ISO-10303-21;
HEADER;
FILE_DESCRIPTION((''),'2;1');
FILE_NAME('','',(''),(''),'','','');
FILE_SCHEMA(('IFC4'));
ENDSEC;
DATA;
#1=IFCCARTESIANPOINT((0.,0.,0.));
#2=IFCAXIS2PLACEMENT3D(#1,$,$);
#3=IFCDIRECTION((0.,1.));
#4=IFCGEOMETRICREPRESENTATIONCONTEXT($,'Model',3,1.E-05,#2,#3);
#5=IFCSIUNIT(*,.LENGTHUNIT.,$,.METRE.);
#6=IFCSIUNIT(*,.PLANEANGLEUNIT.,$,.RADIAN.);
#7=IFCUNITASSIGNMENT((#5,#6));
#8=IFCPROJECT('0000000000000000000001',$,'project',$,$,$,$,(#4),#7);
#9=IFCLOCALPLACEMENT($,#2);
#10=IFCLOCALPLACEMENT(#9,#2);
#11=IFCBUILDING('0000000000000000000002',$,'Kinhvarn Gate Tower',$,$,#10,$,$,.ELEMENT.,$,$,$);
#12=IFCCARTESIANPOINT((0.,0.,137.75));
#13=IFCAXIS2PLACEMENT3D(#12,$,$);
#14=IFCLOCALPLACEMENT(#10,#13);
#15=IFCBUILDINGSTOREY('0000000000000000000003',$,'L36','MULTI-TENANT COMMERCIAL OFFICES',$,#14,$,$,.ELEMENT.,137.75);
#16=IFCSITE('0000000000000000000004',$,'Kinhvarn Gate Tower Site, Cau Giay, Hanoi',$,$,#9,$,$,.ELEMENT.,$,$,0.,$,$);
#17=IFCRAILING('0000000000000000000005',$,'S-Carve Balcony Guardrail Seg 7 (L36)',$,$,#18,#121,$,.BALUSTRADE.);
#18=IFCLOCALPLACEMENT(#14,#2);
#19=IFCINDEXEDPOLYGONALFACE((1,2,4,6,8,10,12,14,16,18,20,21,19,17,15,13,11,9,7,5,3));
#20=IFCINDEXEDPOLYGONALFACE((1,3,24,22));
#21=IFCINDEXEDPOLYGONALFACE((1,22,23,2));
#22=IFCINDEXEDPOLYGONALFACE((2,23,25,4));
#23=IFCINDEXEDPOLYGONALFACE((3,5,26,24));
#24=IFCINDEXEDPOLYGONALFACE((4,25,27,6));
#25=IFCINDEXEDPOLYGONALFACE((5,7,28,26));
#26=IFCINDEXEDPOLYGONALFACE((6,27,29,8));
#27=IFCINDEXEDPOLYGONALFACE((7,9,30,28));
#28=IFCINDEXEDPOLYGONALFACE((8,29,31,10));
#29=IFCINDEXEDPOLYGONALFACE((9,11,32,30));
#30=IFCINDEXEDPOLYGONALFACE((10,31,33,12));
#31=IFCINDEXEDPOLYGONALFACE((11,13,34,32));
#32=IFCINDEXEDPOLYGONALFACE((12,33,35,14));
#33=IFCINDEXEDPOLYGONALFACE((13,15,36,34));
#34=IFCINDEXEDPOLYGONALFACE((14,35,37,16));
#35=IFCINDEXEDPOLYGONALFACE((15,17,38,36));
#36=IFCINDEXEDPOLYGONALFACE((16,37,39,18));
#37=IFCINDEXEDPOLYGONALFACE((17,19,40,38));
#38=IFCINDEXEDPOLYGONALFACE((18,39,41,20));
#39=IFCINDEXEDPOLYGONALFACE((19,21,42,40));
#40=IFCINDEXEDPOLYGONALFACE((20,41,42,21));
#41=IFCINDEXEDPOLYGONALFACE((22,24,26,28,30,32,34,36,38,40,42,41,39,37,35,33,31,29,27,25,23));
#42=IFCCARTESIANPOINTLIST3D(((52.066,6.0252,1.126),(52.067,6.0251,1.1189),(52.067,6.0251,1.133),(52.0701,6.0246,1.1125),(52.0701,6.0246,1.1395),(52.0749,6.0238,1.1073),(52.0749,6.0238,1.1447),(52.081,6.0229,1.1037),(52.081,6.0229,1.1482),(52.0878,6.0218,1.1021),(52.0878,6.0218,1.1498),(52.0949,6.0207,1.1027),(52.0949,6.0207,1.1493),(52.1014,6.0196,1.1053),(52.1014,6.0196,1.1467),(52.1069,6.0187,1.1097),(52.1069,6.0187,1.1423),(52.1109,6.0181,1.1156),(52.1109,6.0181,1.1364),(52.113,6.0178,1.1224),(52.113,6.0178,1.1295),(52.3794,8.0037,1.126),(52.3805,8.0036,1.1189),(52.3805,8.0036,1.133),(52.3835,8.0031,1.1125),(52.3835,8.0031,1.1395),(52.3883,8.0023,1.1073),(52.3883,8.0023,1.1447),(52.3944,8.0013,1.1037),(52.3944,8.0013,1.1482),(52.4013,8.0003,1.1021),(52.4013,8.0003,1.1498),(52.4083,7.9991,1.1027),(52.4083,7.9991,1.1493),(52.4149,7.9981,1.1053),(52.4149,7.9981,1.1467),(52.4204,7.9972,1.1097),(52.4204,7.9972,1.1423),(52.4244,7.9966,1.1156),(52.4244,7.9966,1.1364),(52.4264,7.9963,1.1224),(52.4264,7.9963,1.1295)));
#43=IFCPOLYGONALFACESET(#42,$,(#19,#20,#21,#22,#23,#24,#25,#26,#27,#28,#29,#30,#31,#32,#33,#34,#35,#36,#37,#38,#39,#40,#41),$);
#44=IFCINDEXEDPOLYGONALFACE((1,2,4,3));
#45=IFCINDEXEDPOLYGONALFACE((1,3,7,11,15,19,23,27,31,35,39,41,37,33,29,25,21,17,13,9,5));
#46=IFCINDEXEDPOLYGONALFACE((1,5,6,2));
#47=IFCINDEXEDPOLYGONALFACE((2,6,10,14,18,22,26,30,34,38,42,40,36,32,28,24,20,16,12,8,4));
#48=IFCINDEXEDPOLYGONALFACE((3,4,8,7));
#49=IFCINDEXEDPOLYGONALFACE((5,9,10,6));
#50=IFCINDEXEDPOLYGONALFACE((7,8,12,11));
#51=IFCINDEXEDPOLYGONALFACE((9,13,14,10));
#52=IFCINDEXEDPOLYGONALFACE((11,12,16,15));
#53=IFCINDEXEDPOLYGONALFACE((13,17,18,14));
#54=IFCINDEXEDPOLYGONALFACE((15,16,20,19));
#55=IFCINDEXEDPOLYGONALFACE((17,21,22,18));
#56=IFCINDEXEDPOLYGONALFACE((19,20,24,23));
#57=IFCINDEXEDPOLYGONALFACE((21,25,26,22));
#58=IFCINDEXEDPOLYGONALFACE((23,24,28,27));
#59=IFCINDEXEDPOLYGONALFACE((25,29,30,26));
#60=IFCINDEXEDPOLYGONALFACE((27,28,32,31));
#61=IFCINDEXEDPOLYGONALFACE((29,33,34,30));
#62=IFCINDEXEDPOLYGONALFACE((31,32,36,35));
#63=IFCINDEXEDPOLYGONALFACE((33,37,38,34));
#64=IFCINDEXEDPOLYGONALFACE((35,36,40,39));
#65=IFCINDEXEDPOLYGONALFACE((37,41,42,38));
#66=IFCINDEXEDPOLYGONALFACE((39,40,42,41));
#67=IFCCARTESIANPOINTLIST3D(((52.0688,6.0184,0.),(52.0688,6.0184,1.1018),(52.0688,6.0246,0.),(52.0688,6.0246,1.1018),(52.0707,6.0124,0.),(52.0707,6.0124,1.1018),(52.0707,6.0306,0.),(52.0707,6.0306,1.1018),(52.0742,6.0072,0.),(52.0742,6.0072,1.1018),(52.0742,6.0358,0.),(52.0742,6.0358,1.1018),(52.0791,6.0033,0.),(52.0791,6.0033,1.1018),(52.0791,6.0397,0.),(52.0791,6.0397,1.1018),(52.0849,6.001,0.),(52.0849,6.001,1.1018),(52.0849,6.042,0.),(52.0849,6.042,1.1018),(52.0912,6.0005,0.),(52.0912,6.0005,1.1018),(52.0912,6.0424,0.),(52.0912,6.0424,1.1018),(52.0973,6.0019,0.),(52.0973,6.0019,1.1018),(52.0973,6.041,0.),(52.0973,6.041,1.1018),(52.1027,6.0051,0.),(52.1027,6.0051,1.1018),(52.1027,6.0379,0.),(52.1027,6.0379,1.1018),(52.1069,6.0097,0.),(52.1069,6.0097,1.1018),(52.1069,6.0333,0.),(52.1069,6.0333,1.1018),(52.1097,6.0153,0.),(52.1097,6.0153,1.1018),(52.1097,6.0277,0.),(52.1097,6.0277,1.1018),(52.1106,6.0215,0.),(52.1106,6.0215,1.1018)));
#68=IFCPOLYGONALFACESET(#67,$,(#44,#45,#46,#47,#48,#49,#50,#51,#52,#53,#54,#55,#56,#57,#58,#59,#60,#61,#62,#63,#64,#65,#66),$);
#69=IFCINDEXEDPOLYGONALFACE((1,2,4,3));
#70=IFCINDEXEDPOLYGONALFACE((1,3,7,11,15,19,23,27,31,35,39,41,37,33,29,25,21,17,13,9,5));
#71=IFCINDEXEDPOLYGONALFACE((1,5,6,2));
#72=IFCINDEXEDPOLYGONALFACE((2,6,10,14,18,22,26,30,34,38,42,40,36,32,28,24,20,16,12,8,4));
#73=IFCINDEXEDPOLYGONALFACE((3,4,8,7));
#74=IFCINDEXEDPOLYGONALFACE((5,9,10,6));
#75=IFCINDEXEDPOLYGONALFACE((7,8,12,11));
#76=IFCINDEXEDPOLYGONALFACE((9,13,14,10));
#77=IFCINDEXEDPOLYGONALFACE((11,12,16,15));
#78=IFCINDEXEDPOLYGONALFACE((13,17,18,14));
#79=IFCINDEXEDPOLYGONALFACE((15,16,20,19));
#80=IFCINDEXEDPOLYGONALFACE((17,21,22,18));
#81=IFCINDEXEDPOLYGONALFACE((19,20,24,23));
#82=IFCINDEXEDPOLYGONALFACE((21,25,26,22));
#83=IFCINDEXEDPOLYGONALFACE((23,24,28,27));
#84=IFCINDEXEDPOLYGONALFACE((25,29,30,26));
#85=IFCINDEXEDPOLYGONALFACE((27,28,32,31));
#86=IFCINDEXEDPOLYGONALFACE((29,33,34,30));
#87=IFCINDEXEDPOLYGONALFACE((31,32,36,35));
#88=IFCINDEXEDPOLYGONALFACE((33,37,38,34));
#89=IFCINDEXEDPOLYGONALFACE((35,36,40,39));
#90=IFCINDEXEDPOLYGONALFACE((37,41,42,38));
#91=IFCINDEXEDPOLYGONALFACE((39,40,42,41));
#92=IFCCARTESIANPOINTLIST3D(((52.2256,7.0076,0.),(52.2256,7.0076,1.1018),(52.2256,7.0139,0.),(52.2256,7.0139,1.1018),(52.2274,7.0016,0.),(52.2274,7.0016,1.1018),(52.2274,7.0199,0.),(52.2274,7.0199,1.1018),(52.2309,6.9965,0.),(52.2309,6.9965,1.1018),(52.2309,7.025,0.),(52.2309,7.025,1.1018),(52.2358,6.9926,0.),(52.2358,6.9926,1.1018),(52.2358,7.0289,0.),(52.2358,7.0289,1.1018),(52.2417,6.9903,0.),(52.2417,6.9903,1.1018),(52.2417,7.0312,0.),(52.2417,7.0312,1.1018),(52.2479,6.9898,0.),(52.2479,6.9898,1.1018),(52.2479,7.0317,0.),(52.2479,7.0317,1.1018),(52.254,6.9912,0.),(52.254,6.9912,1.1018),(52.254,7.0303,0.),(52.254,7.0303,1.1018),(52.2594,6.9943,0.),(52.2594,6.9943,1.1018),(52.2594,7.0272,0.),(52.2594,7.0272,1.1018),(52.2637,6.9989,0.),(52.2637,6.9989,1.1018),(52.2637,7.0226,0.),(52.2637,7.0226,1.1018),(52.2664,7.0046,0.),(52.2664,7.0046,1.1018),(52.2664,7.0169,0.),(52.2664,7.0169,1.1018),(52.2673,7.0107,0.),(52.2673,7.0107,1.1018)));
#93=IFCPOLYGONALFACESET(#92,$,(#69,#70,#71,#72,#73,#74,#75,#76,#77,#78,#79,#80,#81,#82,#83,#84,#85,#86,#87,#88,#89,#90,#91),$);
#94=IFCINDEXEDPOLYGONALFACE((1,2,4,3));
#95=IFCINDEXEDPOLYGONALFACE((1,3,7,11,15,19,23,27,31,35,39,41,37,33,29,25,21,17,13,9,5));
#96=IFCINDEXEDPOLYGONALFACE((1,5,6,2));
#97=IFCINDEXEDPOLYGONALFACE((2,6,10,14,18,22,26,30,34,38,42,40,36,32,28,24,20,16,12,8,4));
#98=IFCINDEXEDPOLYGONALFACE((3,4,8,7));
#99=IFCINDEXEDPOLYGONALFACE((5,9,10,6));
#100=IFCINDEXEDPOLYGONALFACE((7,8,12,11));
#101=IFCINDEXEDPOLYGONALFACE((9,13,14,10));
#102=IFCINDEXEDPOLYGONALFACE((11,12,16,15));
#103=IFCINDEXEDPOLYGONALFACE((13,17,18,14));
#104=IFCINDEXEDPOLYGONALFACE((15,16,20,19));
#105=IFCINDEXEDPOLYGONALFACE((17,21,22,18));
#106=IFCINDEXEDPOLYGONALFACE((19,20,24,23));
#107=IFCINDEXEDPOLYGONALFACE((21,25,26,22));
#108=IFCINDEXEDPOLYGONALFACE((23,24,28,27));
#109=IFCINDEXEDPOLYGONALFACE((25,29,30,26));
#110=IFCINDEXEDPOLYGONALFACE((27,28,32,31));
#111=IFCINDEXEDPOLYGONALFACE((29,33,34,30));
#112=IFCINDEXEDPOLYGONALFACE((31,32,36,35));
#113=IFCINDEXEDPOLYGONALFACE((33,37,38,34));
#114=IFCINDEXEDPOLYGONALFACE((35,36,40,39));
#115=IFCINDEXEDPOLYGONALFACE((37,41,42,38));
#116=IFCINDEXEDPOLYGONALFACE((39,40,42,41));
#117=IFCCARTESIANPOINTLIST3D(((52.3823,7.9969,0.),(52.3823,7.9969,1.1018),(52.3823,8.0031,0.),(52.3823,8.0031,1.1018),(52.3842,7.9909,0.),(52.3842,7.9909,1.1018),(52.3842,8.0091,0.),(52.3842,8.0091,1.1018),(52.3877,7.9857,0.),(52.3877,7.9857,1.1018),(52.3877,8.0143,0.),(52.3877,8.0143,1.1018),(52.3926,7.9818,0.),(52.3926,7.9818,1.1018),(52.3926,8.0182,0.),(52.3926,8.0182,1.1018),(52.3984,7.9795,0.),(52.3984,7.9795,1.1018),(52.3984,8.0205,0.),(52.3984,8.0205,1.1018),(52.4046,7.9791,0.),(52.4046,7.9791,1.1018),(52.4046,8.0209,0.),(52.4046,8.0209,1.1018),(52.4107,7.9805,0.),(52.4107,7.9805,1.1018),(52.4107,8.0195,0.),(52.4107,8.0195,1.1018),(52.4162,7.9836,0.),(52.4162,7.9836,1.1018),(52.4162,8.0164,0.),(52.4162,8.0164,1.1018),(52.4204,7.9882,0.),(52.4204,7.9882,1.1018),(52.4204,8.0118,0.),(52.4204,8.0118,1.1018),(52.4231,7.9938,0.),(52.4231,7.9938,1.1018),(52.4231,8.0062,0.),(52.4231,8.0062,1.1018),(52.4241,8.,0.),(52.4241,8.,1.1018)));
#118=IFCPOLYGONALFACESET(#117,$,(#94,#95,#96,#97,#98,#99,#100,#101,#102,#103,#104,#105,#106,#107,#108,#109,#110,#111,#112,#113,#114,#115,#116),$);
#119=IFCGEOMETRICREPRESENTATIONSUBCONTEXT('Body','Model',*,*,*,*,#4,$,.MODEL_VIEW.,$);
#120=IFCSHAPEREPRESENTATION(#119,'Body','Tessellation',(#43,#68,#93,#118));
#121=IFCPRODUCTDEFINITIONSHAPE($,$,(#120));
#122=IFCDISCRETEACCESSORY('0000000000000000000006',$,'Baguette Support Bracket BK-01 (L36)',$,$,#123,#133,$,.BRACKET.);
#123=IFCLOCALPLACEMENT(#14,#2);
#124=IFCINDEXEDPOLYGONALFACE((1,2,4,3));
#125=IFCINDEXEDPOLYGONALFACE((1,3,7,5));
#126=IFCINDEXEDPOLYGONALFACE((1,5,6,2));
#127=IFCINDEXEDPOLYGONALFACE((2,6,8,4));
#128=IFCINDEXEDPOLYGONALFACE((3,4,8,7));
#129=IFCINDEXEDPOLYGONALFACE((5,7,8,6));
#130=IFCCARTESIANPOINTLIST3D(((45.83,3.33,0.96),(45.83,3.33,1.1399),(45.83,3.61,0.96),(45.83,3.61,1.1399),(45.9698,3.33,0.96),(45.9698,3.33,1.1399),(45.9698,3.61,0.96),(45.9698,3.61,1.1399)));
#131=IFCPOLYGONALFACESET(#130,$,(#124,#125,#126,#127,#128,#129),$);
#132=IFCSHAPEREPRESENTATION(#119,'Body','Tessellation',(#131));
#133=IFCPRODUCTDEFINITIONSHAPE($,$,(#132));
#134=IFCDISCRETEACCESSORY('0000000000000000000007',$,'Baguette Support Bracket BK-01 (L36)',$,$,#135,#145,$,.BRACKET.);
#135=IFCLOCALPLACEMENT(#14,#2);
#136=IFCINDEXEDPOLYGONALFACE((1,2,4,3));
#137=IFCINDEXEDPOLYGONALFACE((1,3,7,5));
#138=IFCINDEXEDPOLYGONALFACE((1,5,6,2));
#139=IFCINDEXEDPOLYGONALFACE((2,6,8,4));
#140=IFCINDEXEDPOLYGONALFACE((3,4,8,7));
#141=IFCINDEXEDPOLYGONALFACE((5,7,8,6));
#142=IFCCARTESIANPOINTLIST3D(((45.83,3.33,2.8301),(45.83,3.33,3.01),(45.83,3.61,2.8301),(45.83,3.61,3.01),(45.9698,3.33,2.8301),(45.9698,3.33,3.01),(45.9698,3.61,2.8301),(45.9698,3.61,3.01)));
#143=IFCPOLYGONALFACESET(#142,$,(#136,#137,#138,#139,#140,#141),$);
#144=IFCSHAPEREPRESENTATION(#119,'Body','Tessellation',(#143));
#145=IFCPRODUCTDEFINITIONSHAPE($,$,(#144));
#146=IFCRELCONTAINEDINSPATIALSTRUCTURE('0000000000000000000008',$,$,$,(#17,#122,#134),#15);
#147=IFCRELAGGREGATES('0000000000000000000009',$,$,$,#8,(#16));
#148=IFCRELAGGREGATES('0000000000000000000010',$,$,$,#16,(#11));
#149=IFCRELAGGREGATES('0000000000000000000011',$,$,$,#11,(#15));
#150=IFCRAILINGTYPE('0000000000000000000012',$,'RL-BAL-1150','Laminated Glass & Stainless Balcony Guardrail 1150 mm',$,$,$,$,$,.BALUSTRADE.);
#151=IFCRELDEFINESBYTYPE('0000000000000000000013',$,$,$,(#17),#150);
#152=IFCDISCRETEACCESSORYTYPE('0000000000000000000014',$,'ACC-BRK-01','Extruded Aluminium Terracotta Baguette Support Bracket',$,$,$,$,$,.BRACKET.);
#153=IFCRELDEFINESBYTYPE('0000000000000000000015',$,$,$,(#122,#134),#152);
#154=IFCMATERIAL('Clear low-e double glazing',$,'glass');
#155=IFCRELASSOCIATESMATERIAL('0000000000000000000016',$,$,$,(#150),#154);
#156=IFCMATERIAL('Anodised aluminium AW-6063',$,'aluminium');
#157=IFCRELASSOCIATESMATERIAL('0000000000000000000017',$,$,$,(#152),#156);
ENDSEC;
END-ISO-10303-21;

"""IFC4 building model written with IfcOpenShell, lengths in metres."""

from ifc_helpers import new_model, si_unit, direction, frame, origin, origin_2d, place, context, subcontext, project, spatial, rectangle, circle, extrude, material, type_object, element, save


model = new_model("IFC4")

# Units and contexts
model_context = context("Model", 3, precision=1e-05, world=origin(), true_north=direction((0.0, 1.0)))
body_context = subcontext(model_context, "Body", "Model", "MODEL_VIEW")
ifc_project = project(units=[si_unit("LENGTHUNIT", "METRE"), si_unit("PLANEANGLEUNIT", "RADIAN")], contexts=[model_context])

# Site, building, storey
site_placement = place(None, origin())
site = spatial("IfcSite", under=ifc_project, at=site_placement, Name="Kinhvarn Gate Tower Site, Cau Giay, Hanoi", CompositionType="ELEMENT", RefElevation=0.0)
building_placement = place(site_placement, origin())
building = spatial("IfcBuilding", under=site, at=building_placement, Name="Kinhvarn Gate Tower", CompositionType="ELEMENT")
storey_placement = place(building_placement, frame((0.0, 0.0, 137.75)))
storey = spatial("IfcBuildingStorey", under=building, at=storey_placement, Name="L36", Description="MULTI-TENANT COMMERCIAL OFFICES", CompositionType="ELEMENT", Elevation=137.75)

# Shared definitions
ifc_material_1 = material(Name="Anodised aluminium AW-6063", Category="aluminium")

# Shared definitions
ifc_material_2 = material(Name="Clear low-e double glazing", Category="glass")

# Railing
railing_type = type_object("IfcRailingType", Name="RL-BAL-1150", Description="Laminated Glass & Stainless Balcony Guardrail 1150 mm", PredefinedType="BALUSTRADE", material=ifc_material_2)
railing_1_placement = place(storey_placement, frame((52.0896, 6.0215, 0.0)))
element("IfcRailing", 1, at=railing_1_placement, inside=storey, type_object=railing_type, Name="S-Carve Balcony Guardrail Seg 7 (L36)", PredefinedType="BALUSTRADE", context=body_context, shape_type="SweptSolid", body=[
    extrude(circle(Radius=0.0239, at=origin_2d()), frame((0.0, 0.0, 1.126), z_axis=(0.156488, 0.98768, 0.0), x_axis=(-0.98768, 0.156488, 0.0)), (0.0, 0.0, 1.0), 2.0032),
    extrude(circle(Radius=0.021, at=origin_2d()), origin(), (0.0, 0.0, 1.0), 1.1018),
    extrude(circle(Radius=0.021, at=origin_2d()), frame((0.1567, 0.9893, 0.0)), (0.0, 0.0, 1.0), 1.1018),
    extrude(circle(Radius=0.021, at=origin_2d()), frame((0.3135, 1.9785, 0.0)), (0.0, 0.0, 1.0), 1.1018),
])

# Discrete accessories
discrete_accessory_type = type_object("IfcDiscreteAccessoryType", Name="ACC-BRK-01", Description="Extruded Aluminium Terracotta Baguette Support Bracket", PredefinedType="BRACKET", material=ifc_material_1)
for number, where, z_axis, x_axis, name in (
    (2, (45.8999, 3.47, 0.96), (0.0, 0.0, 1.0), (1.0, 0.0, 0.0), "Baguette Support Bracket BK-01 (L36)"),
    (3, (45.8999, 3.47, 2.8301), (0.0, 0.0, 1.0), (1.0, 0.0, 0.0), "Baguette Support Bracket BK-01 (L36)"),
):
    element("IfcDiscreteAccessory", number, at=place(storey_placement, frame(where, z_axis=z_axis, x_axis=x_axis)), inside=storey, type_object=discrete_accessory_type, Name=name, PredefinedType="BRACKET", context=body_context, shape_type="SweptSolid", body=[
        extrude(rectangle(XDim=0.1399, YDim=0.28, at=origin_2d()), origin(), (0.0, 0.0, 1.0), 0.1799),
    ])

save(model, "model.ifc")
